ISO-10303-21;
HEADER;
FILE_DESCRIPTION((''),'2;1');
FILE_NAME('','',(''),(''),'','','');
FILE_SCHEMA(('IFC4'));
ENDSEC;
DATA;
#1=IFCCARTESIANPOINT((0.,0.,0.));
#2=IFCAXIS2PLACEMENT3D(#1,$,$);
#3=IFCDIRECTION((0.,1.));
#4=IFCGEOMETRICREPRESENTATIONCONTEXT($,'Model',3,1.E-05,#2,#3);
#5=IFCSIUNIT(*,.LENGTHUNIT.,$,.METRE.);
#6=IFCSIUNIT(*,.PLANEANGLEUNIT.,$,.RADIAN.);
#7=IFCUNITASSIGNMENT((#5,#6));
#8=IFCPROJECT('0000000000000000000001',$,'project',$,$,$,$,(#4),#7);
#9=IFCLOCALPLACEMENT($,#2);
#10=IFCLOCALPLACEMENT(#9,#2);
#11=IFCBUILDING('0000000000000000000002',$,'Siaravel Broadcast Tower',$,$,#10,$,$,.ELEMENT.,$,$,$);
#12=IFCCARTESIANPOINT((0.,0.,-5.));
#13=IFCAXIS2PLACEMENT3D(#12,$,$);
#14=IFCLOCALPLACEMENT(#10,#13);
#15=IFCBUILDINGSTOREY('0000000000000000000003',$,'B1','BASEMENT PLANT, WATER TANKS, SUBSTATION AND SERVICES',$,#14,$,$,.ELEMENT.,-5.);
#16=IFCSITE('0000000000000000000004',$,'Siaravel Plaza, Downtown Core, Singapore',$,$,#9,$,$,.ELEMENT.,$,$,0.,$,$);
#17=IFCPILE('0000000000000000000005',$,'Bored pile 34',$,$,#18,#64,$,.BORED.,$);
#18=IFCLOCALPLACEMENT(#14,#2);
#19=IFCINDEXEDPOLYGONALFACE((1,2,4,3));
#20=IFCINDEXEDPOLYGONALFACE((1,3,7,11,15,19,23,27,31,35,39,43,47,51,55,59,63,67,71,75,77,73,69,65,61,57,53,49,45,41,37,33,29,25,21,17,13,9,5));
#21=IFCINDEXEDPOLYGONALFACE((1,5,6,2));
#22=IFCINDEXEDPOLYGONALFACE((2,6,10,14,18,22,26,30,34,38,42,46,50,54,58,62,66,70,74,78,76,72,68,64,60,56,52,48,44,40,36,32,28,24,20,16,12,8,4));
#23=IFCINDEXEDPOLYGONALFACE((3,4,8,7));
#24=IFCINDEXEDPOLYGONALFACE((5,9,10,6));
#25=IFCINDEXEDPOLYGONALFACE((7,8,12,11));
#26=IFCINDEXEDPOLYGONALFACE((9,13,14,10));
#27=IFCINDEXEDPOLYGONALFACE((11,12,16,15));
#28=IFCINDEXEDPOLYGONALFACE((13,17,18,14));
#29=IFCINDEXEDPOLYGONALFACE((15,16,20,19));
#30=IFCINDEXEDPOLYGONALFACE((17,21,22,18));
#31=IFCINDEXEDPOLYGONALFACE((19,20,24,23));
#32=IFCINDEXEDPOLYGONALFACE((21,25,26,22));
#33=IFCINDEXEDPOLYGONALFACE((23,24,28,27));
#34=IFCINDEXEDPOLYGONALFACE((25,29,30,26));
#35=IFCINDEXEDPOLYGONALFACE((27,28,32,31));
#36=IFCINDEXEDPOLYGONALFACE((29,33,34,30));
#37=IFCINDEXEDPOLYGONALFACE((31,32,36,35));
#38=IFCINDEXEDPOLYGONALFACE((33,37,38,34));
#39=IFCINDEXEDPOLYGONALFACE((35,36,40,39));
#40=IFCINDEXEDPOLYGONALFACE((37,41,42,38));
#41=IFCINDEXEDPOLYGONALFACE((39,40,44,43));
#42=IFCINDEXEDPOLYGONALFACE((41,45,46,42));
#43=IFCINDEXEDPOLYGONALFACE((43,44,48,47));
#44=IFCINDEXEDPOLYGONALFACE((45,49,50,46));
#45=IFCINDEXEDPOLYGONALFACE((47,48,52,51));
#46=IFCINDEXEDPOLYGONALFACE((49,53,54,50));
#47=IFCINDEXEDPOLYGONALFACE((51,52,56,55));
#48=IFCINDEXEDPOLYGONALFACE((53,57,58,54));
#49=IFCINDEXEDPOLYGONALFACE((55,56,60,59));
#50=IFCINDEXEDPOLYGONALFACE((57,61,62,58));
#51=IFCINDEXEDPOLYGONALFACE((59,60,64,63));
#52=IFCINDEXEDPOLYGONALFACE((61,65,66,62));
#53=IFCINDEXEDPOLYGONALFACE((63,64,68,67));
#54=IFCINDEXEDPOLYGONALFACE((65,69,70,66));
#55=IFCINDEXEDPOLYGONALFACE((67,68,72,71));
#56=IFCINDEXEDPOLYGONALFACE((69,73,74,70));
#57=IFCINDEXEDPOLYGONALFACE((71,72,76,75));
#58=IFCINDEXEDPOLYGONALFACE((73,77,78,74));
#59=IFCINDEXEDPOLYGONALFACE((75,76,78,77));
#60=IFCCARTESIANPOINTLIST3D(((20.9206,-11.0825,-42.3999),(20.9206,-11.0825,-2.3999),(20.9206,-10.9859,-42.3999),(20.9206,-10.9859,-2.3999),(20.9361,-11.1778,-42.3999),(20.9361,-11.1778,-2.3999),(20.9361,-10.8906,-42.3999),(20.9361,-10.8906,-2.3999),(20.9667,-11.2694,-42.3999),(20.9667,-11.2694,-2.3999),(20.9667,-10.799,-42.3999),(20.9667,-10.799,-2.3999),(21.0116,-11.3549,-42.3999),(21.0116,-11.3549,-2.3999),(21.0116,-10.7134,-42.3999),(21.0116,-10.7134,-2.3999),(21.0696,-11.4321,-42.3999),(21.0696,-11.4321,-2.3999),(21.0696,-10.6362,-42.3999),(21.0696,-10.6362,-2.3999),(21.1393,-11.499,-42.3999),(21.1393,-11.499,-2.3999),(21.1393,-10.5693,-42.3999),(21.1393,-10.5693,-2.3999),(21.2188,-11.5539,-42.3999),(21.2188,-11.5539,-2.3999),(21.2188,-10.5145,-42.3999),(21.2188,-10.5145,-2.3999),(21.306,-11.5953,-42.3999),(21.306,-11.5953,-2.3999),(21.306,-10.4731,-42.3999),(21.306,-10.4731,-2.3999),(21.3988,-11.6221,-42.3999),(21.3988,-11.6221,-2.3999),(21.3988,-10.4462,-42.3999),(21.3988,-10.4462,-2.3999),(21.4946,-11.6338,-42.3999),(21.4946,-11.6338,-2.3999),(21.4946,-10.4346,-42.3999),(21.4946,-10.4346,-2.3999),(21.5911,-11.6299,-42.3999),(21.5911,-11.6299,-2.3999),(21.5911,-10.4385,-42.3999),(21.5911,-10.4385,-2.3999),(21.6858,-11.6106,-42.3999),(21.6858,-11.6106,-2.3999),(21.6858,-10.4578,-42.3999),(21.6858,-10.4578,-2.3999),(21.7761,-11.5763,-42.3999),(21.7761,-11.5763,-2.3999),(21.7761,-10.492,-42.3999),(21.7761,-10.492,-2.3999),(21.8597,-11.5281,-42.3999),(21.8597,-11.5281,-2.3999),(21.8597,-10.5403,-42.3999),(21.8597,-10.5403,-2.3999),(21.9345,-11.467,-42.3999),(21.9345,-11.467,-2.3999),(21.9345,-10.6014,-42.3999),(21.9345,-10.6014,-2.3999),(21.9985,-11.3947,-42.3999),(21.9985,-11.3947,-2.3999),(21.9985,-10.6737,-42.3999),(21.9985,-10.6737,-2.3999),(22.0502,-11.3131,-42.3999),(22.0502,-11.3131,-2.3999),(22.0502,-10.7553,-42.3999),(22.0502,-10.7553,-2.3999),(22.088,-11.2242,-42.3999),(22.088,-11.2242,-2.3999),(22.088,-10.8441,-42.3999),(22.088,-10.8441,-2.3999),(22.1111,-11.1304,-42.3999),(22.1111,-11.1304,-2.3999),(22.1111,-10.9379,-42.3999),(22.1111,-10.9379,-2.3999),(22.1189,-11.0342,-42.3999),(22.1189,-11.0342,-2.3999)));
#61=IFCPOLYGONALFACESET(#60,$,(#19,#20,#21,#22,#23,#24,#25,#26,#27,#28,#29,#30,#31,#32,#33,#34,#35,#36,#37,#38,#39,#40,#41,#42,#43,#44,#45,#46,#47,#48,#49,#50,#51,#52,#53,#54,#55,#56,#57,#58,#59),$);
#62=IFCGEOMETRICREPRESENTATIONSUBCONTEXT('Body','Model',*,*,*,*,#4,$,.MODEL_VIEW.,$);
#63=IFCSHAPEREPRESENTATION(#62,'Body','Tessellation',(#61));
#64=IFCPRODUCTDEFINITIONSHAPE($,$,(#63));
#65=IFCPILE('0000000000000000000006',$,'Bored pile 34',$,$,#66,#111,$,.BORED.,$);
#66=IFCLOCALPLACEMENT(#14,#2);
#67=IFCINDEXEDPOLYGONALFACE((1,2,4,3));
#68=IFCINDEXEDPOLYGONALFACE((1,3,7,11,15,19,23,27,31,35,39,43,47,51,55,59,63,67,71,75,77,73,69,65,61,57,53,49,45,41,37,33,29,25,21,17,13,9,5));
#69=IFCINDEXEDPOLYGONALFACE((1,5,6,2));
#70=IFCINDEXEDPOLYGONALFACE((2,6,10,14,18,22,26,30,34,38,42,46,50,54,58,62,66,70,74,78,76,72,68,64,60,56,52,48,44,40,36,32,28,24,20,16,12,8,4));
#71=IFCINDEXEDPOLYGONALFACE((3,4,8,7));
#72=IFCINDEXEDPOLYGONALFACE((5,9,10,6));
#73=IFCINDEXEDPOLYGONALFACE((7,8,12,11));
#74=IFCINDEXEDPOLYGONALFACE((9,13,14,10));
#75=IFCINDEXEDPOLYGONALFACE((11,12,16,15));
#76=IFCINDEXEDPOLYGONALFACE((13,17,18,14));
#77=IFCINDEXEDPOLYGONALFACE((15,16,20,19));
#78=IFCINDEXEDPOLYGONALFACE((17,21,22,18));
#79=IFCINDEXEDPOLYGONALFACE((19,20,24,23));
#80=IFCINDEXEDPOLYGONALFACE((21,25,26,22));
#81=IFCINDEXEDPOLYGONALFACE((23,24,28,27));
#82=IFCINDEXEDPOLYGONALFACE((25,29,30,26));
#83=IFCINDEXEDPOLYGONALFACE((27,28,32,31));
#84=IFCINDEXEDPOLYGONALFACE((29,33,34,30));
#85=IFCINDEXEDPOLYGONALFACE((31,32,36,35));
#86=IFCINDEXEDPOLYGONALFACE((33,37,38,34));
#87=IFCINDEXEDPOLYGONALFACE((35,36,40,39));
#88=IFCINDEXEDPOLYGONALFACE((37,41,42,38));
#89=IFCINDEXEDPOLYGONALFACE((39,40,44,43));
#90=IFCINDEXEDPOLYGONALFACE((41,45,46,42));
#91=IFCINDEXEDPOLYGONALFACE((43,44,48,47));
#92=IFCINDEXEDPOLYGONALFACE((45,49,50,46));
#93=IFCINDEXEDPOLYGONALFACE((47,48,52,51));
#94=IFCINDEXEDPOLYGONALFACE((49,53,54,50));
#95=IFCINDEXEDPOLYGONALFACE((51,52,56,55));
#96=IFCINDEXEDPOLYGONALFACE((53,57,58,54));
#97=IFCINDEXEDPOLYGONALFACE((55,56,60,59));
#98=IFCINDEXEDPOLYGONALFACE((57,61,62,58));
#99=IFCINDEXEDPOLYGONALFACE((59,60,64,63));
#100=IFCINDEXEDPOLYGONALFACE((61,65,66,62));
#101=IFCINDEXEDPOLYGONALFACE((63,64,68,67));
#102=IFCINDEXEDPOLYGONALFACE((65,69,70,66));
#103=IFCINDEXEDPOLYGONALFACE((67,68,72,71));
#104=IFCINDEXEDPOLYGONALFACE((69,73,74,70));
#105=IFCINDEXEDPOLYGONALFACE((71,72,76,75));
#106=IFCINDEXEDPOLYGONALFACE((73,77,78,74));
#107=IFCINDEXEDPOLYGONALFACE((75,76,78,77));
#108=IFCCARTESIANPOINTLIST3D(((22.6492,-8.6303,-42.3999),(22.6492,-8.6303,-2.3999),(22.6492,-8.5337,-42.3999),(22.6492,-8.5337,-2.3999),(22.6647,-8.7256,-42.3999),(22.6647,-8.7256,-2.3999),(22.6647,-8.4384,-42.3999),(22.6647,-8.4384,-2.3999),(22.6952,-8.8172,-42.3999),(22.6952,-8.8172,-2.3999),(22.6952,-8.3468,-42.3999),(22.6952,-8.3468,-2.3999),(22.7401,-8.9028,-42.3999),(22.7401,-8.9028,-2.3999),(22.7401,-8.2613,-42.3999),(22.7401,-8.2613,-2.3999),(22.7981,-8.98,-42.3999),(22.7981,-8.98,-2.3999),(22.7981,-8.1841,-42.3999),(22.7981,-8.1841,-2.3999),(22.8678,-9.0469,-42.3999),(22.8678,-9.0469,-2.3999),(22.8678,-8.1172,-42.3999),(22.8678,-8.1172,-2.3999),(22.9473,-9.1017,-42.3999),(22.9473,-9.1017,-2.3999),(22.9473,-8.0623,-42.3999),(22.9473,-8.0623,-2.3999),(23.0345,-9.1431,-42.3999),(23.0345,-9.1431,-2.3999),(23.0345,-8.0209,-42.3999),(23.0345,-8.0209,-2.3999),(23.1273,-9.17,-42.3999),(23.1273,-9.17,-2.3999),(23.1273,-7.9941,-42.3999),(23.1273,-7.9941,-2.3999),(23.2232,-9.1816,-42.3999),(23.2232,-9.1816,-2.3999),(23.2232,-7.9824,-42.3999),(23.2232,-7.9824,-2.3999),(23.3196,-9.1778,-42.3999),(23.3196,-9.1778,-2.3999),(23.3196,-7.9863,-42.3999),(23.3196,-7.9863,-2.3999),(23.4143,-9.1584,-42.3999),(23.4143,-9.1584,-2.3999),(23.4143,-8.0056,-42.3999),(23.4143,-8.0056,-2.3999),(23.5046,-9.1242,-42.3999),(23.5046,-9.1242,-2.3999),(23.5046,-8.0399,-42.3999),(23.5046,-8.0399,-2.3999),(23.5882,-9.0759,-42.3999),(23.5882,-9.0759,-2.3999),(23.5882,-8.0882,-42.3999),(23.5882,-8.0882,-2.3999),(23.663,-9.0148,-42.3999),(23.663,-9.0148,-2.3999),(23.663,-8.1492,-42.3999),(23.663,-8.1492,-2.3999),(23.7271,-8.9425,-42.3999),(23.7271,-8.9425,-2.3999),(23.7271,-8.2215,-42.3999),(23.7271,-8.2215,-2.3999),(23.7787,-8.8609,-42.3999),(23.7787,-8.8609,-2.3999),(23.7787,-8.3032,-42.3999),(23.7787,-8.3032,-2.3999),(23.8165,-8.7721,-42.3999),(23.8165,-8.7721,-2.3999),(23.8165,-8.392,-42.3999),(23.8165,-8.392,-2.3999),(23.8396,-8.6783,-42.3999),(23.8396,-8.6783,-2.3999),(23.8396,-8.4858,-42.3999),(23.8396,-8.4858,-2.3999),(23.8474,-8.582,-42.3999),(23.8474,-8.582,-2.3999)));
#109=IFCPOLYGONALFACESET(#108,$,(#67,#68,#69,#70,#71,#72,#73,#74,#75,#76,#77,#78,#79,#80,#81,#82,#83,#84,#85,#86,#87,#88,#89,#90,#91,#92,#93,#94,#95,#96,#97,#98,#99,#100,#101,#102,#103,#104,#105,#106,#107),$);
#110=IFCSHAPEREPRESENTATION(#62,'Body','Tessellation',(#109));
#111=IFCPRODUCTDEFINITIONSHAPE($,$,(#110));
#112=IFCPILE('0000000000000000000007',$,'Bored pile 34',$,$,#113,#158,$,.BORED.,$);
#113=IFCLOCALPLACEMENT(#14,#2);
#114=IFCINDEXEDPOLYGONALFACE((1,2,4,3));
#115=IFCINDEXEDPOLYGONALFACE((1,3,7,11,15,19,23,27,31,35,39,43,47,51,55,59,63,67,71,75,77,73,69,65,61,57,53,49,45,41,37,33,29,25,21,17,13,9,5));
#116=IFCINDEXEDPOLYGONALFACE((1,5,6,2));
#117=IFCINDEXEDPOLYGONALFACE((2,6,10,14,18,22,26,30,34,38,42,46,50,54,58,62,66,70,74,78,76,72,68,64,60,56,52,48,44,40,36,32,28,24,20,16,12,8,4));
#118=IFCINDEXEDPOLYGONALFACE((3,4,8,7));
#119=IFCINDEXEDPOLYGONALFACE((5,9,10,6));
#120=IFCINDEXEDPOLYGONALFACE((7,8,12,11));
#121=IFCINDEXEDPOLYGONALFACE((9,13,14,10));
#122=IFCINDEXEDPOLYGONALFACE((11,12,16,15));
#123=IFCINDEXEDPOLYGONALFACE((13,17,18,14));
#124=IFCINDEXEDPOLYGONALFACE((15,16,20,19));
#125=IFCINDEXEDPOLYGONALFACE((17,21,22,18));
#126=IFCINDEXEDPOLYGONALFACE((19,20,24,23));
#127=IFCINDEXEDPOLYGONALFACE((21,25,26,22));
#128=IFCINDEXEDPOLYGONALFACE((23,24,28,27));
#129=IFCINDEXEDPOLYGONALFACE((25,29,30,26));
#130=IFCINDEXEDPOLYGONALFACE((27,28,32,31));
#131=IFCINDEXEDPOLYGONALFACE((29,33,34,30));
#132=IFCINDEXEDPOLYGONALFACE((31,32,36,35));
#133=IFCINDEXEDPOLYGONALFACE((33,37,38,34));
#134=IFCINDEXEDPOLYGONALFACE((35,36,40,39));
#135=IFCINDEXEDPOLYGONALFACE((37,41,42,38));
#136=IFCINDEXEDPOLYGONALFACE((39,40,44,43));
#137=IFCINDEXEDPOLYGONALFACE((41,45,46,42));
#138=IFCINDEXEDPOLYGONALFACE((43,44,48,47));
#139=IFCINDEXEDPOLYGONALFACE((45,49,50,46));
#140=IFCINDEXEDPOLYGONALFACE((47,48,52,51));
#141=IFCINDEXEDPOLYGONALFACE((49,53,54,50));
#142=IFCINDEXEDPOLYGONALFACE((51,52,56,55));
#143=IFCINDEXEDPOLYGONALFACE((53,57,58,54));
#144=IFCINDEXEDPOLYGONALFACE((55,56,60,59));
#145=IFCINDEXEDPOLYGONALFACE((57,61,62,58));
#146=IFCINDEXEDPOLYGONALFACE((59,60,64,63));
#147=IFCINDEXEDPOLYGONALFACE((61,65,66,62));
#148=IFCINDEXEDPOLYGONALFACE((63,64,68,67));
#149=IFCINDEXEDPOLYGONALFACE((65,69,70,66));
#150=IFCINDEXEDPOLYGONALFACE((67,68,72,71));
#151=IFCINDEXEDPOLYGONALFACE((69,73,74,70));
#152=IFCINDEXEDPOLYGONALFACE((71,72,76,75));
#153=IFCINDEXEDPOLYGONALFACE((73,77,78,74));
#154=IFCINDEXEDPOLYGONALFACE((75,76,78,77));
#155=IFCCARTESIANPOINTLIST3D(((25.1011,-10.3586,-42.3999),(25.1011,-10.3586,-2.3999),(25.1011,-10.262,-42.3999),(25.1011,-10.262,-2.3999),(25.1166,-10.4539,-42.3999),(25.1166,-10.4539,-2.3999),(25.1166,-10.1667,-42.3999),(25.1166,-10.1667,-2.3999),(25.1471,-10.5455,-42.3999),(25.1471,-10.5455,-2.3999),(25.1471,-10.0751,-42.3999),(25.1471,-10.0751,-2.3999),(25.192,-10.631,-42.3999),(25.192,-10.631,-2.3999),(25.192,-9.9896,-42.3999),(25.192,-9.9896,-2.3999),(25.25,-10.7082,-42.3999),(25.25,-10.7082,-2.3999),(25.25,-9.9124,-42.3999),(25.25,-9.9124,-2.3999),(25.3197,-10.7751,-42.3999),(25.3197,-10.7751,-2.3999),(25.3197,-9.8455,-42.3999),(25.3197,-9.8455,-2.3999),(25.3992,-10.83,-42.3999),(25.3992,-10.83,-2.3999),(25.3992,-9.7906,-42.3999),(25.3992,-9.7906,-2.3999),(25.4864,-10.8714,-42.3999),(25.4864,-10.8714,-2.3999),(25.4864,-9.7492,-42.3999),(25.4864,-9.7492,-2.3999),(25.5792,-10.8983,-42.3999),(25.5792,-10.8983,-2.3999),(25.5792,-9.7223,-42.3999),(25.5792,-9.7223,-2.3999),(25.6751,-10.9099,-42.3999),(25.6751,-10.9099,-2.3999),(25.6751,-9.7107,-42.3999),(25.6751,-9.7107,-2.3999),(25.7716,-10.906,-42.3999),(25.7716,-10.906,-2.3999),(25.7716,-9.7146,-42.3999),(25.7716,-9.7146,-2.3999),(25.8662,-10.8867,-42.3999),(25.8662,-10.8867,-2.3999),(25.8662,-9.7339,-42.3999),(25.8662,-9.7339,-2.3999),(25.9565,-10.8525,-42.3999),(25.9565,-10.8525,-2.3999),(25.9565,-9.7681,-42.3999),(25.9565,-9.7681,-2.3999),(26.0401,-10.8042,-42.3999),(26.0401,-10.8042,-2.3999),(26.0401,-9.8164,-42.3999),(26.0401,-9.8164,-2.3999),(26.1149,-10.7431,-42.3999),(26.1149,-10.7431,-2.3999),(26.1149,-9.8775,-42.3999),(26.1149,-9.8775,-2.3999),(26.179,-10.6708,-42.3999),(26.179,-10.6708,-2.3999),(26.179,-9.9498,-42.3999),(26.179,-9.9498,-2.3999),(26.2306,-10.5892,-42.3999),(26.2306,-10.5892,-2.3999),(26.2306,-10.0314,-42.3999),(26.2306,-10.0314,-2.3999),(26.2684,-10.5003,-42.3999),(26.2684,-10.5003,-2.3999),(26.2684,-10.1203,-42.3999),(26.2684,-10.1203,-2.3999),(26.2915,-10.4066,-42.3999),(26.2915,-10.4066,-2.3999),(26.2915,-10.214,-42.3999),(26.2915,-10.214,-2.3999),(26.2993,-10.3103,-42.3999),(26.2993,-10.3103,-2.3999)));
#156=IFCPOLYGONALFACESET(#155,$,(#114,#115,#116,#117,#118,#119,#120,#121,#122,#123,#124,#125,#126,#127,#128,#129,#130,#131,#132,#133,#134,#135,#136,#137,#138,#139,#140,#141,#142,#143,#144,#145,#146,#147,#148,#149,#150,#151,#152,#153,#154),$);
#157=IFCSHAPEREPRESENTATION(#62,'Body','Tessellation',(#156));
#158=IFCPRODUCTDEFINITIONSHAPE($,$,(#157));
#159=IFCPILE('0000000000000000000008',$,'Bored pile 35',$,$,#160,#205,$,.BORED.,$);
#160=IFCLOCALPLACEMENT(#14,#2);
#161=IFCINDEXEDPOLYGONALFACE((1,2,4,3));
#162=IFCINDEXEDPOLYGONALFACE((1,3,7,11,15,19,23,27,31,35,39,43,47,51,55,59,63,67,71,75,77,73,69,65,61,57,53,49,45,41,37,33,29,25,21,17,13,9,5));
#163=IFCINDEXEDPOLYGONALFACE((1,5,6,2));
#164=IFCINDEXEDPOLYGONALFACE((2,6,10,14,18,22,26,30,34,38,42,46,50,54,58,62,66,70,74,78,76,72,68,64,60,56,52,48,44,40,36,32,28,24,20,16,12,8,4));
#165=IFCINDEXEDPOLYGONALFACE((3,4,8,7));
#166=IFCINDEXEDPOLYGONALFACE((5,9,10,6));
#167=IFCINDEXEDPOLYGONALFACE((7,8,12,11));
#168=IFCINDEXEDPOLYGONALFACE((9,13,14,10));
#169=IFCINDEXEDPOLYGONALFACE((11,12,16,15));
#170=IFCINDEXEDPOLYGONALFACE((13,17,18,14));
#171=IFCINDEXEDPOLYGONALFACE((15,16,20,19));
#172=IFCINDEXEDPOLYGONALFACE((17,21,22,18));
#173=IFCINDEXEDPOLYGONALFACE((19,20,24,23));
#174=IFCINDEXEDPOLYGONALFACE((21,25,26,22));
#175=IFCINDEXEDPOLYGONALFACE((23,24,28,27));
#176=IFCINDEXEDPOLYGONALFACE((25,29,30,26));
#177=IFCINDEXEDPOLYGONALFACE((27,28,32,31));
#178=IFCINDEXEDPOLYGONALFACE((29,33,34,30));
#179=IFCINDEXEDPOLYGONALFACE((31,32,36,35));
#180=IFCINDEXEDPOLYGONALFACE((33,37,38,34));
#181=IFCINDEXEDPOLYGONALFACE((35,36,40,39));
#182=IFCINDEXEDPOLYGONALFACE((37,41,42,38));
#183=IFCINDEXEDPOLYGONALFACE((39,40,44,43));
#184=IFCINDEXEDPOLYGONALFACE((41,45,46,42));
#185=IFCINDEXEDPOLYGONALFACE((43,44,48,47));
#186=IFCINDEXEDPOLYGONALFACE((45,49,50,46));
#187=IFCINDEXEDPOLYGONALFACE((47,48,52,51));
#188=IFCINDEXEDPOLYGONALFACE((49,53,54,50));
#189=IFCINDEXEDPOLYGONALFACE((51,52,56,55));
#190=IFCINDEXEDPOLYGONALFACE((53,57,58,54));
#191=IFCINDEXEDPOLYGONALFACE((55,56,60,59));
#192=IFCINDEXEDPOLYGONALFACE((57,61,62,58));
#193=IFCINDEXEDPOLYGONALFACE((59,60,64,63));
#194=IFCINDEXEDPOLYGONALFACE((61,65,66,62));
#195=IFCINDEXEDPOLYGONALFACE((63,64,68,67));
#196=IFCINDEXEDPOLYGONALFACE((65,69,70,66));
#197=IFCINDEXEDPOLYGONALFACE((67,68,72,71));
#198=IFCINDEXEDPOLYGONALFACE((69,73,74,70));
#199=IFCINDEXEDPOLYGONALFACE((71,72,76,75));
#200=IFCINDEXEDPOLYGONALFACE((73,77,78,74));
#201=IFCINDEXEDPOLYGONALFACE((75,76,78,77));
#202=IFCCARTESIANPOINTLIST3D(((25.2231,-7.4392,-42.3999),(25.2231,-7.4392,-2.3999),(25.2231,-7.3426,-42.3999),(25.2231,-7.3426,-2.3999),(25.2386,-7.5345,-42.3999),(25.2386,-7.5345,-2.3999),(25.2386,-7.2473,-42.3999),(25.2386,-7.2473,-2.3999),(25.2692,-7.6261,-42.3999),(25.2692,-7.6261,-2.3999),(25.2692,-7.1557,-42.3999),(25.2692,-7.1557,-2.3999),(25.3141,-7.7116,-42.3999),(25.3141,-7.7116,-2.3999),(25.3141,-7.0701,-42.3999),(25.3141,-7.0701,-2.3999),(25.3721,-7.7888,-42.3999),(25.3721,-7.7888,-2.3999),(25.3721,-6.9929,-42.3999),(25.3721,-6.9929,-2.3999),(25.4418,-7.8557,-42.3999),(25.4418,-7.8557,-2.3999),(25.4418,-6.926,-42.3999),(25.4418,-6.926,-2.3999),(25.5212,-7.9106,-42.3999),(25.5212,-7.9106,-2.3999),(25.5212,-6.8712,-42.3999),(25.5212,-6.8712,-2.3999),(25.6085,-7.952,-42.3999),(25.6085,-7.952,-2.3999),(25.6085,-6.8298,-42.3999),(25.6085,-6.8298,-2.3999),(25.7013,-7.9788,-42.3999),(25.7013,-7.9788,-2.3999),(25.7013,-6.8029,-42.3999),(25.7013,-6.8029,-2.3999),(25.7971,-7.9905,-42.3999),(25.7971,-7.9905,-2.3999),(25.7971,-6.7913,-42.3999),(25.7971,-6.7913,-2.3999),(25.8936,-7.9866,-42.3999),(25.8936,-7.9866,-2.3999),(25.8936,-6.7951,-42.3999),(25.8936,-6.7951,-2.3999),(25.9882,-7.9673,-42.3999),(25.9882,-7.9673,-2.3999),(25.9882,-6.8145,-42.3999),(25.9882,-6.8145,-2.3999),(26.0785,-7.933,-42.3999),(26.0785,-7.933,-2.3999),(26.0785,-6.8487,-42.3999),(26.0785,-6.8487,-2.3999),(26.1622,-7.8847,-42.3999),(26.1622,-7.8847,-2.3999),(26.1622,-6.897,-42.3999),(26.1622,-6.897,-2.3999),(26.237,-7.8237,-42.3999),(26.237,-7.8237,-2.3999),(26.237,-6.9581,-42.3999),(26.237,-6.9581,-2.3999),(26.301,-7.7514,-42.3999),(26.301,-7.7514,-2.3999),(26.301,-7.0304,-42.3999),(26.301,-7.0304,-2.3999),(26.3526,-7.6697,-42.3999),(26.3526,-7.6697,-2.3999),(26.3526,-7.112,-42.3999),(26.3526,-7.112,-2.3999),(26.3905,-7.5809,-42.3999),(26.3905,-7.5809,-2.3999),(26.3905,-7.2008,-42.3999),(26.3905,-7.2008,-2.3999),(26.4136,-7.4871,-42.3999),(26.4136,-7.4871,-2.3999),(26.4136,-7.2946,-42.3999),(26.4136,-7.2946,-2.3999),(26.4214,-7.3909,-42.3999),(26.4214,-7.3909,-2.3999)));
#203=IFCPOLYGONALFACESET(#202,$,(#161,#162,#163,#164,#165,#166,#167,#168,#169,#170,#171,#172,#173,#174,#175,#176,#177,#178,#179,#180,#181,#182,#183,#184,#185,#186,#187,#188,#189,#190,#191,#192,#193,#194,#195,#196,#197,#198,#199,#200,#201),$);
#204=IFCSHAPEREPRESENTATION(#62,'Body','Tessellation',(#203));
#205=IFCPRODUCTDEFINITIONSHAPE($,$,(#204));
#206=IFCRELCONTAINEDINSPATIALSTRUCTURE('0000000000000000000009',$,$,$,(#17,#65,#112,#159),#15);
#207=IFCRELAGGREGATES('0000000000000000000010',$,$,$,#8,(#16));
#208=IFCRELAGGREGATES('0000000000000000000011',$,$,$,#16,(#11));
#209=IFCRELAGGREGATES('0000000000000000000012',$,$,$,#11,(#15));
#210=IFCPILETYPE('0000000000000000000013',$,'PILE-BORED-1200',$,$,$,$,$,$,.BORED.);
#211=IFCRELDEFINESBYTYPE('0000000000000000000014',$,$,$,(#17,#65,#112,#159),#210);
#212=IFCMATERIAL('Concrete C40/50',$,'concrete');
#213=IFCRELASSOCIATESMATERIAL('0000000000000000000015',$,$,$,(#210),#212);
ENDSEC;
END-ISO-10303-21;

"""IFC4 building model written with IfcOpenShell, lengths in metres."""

from ifc_helpers import new_model, si_unit, direction, frame, origin, origin_2d, place, context, subcontext, project, spatial, circle, extrude, material, material_profile, profile_set, type_object, element, save


model = new_model("IFC4")

# Units and contexts
model_context = context("Model", 3, precision=1e-05, world=origin(), true_north=direction((0.0, 1.0)))
body_context = subcontext(model_context, "Body", "Model", "MODEL_VIEW")
ifc_project = project(units=[si_unit("LENGTHUNIT", "METRE"), si_unit("PLANEANGLEUNIT", "RADIAN")], contexts=[model_context])

# Site, building, storey
site_placement = place(None, origin())
site = spatial("IfcSite", under=ifc_project, at=site_placement, Name="Siaravel Plaza, Downtown Core, Singapore", CompositionType="ELEMENT", RefElevation=0.0)
building_placement = place(site_placement, origin())
building = spatial("IfcBuilding", under=site, at=building_placement, Name="Siaravel Broadcast Tower", CompositionType="ELEMENT")
storey_placement = place(building_placement, frame((0.0, 0.0, -5.0)))
storey = spatial("IfcBuildingStorey", under=building, at=storey_placement, Name="B1", Description="BASEMENT PLANT, WATER TANKS, SUBSTATION AND SERVICES", CompositionType="ELEMENT", Elevation=-5.0)

# Shared definitions
ifc_material_1 = material(Name="Concrete C40/50", Category="concrete")

# Piles
ifc_material_profile_1 = material_profile(ifc_material_1, circle(Radius=0.6001, at=origin_2d()))
ifc_profile_set_1 = profile_set([ifc_material_profile_1], Name="Concrete C40/50")
pile_type_1 = type_object("IfcPileType", Name="PILE-BORED-1200", PredefinedType="BORED", material=ifc_profile_set_1)
for number, where, z_axis, x_axis, name in (
    (1, (21.5188, -11.0342, -2.3999), (0.0, 0.0, -1.0), (1.0, 0.0, 0.0), "Bored pile 34"),
    (2, (23.2473, -8.582, -2.3999), (0.0, 0.0, -1.0), (1.0, 0.0, 0.0), "Bored pile 34"),
    (3, (25.6992, -10.3103, -2.3999), (0.0, 0.0, -1.0), (1.0, 0.0, 0.0), "Bored pile 34"),
    (4, (25.8213, -7.3909, -2.3999), (0.0, 0.0, -1.0), (1.0, 0.0, 0.0), "Bored pile 35"),
):
    element("IfcPile", number, at=place(storey_placement, frame(where, z_axis=z_axis, x_axis=x_axis)), inside=storey, type_object=pile_type_1, Name=name, PredefinedType="BORED", context=body_context, shape_type="SweptSolid", body=[
        extrude(circle(Radius=0.6001, at=origin_2d()), origin(), (0.0, 0.0, 1.0), 40.0),
    ])

save(model, "model.ifc")
